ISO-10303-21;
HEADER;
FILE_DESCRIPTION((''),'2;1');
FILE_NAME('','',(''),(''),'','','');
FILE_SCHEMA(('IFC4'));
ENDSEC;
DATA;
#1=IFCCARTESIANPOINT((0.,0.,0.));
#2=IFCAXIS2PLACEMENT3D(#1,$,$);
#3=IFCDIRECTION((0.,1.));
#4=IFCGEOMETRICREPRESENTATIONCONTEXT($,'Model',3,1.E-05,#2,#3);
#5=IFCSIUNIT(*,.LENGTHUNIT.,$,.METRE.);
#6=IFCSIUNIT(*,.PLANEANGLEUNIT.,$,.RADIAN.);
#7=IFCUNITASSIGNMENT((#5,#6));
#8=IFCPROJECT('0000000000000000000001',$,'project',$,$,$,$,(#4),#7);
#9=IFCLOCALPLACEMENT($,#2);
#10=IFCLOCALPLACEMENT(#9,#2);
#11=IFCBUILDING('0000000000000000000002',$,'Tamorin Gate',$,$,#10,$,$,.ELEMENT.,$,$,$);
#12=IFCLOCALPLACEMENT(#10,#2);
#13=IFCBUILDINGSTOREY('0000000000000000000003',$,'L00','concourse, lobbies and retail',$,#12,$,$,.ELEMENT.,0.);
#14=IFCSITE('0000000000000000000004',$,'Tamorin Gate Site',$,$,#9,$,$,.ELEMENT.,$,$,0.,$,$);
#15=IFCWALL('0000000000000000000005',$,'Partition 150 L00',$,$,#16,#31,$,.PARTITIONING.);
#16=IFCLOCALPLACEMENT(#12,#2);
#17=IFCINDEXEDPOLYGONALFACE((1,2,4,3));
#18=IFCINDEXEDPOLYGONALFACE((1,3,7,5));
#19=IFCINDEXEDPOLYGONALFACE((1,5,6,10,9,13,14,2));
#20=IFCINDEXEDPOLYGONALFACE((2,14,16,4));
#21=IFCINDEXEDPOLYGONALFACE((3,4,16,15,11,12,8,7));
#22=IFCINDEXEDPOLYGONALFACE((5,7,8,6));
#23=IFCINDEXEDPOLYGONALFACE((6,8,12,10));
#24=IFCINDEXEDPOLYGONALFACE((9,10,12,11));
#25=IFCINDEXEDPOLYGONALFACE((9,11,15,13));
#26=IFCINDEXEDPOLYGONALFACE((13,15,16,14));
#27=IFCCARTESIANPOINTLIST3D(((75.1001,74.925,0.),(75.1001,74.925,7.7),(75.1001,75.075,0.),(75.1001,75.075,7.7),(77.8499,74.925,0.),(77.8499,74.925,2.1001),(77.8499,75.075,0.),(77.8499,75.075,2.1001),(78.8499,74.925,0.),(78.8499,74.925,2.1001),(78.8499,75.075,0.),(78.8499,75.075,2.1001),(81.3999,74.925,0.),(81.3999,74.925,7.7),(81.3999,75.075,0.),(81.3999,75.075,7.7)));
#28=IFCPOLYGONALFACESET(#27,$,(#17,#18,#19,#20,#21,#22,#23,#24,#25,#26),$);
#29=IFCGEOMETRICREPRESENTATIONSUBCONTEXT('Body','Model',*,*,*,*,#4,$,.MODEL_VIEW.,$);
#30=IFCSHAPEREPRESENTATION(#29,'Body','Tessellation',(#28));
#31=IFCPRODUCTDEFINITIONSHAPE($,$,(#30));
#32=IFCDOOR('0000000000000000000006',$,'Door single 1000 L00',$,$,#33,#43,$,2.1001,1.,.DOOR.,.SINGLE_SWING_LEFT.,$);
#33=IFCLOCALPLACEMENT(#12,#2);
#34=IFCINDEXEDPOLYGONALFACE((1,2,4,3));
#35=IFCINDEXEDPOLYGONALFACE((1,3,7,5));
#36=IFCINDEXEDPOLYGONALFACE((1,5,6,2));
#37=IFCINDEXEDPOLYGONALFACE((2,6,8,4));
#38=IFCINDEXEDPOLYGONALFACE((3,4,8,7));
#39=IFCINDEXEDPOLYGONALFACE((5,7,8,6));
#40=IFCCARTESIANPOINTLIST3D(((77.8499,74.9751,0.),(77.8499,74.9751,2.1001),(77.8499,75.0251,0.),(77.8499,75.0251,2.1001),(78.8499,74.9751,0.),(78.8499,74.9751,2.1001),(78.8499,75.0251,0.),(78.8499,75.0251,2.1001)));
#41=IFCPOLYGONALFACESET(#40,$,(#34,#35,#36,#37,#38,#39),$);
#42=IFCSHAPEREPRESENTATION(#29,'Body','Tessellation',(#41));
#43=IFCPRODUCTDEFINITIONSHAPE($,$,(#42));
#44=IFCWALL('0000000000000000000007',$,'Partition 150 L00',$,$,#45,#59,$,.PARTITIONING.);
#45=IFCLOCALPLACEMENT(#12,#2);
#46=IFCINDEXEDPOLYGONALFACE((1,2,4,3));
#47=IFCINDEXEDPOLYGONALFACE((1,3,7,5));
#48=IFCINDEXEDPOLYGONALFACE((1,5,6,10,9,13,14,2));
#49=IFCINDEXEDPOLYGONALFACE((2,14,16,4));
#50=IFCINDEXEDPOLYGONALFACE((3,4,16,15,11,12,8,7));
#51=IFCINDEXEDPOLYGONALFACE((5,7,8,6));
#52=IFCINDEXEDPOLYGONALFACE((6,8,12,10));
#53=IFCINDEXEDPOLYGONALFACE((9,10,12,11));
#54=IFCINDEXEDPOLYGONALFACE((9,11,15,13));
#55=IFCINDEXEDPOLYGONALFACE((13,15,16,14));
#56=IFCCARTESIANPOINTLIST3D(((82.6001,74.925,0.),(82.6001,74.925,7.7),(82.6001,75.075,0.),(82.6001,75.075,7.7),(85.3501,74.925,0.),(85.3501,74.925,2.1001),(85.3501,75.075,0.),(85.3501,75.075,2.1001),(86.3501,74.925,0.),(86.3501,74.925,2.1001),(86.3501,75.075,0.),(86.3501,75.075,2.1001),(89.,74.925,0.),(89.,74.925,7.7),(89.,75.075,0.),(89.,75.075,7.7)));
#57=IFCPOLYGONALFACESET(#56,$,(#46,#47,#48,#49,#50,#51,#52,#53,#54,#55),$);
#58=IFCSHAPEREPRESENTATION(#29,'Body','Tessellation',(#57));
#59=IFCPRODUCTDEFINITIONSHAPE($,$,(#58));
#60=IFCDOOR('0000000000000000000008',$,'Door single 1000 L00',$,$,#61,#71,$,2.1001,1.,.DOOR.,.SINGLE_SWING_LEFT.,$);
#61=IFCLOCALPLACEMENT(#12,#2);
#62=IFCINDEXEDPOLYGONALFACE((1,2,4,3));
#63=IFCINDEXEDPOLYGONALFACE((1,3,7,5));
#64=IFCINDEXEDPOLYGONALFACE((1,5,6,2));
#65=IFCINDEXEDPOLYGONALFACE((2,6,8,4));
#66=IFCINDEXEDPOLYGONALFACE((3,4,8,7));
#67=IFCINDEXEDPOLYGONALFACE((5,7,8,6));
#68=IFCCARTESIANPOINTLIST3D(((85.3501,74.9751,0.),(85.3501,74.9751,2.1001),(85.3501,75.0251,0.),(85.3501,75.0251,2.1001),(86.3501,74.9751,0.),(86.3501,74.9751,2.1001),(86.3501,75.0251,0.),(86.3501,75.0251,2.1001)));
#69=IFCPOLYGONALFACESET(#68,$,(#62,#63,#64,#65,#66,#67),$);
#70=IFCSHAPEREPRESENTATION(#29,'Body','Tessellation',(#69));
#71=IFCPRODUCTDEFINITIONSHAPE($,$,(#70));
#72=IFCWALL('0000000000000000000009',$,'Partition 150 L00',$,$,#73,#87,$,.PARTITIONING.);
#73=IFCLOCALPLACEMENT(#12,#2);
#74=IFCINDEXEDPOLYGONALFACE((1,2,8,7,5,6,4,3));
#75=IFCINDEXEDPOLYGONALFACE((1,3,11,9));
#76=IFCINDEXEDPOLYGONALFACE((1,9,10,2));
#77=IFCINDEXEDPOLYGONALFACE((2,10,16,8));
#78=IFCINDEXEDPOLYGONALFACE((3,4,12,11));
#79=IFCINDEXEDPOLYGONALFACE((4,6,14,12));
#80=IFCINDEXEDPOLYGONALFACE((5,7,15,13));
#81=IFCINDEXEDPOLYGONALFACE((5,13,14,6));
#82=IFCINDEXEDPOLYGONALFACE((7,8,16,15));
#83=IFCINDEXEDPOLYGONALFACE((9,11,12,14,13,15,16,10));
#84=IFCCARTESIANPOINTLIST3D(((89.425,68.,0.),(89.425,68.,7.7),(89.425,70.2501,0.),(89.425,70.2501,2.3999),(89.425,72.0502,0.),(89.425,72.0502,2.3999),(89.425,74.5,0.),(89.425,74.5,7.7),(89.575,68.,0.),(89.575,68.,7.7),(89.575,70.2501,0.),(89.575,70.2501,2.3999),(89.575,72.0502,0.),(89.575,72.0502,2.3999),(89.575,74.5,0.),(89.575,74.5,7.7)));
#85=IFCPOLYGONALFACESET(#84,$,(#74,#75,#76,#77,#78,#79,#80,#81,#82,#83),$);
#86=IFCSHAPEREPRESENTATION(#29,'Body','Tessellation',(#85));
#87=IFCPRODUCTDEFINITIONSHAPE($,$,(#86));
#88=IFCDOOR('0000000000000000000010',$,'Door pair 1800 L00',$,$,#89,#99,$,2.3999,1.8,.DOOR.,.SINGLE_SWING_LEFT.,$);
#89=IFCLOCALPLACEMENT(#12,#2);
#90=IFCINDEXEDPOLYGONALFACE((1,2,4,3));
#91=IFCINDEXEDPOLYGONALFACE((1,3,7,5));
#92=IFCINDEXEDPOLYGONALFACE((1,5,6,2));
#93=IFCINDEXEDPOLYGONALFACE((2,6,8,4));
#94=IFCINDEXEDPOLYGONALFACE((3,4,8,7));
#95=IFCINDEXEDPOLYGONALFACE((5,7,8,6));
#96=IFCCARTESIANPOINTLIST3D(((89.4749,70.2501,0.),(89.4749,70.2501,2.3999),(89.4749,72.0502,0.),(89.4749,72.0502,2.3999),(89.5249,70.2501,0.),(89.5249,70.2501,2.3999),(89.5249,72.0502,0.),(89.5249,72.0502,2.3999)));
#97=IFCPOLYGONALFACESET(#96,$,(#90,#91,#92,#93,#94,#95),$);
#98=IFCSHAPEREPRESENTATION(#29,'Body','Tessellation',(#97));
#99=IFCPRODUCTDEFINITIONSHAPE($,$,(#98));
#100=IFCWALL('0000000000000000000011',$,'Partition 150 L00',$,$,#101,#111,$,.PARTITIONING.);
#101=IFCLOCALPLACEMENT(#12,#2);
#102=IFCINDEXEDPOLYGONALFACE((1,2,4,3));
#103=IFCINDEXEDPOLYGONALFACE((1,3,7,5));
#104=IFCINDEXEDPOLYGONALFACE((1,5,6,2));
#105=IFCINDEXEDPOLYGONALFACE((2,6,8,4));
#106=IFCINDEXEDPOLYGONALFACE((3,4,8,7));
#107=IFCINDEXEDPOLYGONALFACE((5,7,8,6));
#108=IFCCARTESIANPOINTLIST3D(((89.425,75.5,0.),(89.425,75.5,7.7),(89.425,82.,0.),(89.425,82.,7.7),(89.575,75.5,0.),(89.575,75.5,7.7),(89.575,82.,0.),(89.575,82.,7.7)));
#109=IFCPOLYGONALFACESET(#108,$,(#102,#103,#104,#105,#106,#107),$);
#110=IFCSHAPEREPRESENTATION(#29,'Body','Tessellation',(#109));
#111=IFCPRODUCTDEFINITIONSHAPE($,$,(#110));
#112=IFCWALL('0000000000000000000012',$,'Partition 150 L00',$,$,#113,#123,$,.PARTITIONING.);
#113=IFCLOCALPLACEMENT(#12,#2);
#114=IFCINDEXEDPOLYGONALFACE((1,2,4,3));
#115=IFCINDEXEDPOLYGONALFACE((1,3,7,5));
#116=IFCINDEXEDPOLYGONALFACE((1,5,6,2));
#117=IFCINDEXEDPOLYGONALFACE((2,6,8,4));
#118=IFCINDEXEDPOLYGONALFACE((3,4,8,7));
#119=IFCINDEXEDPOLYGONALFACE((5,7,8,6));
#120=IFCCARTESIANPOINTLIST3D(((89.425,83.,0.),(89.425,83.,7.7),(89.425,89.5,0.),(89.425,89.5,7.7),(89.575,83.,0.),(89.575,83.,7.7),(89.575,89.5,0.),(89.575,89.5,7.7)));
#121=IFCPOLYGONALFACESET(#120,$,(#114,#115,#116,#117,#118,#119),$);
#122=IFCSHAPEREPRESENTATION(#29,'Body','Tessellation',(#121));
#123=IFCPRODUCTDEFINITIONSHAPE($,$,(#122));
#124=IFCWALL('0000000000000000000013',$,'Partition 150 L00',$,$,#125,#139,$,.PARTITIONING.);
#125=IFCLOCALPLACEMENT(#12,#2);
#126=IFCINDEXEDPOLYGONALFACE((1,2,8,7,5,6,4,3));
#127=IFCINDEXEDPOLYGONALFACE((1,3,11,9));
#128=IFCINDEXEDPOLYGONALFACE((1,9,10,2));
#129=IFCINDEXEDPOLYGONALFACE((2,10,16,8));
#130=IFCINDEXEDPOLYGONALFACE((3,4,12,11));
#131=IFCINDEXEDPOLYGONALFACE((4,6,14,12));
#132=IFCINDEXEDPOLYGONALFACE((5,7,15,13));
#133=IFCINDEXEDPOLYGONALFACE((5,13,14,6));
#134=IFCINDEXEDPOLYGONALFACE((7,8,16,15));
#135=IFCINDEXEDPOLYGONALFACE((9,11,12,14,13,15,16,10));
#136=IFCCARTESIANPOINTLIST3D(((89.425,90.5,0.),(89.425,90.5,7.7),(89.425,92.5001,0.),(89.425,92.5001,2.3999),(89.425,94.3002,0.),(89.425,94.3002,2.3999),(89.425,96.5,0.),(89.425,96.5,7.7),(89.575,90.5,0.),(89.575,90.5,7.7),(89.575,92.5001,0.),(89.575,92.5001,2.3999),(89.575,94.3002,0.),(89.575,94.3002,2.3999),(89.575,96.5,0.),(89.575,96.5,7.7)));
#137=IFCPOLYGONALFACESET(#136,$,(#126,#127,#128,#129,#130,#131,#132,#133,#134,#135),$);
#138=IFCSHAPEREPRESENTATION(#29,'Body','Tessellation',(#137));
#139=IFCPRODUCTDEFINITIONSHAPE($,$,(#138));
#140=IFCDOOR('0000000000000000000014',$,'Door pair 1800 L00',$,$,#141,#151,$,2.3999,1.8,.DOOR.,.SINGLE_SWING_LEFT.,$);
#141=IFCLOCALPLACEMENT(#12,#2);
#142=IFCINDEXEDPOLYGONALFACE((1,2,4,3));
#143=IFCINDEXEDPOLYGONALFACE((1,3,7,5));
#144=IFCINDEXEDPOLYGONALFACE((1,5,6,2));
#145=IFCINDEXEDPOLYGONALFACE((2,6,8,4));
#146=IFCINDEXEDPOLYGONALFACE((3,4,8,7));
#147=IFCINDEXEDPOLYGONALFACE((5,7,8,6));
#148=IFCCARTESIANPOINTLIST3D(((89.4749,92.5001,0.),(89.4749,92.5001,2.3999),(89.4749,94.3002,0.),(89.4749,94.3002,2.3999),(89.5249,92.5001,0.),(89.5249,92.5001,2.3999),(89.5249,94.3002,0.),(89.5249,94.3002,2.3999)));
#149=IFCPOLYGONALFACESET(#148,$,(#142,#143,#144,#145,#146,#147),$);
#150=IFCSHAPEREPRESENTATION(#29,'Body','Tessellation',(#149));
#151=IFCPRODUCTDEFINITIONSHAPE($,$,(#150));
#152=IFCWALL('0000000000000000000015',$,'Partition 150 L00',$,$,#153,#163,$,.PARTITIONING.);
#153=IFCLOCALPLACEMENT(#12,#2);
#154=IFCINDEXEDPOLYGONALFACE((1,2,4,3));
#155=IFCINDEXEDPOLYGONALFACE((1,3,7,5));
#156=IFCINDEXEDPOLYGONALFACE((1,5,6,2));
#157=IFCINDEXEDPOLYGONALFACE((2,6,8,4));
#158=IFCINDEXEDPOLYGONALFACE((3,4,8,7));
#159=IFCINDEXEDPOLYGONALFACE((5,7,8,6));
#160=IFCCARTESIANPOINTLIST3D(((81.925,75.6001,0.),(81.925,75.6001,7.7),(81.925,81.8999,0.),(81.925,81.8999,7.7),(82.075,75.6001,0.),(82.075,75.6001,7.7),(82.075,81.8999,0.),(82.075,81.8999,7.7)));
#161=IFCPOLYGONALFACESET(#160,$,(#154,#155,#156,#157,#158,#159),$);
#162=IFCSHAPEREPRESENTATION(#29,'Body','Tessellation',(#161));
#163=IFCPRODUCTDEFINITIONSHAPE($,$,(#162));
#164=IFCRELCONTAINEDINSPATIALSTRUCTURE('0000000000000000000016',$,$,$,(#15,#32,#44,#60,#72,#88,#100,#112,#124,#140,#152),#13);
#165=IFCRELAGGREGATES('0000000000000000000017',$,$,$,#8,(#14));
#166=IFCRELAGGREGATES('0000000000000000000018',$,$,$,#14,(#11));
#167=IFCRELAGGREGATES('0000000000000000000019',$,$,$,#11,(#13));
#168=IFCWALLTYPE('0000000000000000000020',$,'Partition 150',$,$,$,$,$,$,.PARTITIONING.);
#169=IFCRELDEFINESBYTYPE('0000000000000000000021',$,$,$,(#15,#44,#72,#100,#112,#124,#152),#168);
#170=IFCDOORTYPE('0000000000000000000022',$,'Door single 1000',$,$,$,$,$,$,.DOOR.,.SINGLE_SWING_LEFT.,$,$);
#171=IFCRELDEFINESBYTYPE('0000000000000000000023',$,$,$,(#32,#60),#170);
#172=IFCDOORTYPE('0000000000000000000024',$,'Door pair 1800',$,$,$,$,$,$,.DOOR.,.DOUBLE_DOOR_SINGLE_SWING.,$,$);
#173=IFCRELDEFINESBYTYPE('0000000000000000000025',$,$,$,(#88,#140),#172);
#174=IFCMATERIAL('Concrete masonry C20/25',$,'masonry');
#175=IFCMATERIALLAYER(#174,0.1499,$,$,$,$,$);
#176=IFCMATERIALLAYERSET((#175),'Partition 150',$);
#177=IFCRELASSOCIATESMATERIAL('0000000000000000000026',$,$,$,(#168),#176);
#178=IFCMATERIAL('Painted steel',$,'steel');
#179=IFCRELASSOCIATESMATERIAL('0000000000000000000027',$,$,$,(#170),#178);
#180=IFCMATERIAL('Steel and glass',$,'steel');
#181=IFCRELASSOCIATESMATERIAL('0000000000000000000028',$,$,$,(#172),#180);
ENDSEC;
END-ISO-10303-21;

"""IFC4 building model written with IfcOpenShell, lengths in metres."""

from ifc_helpers import new_model, si_unit, direction, frame, frame_2d, origin, place, context, subcontext, project, spatial, rectangle, extrude, material, layer, layer_set, type_object, element, fill, save


model = new_model("IFC4")

# Units and contexts
model_context = context("Model", 3, precision=1e-05, world=origin(), true_north=direction((0.0, 1.0)))
body_context = subcontext(model_context, "Body", "Model", "MODEL_VIEW")
ifc_project = project(units=[si_unit("LENGTHUNIT", "METRE"), si_unit("PLANEANGLEUNIT", "RADIAN")], contexts=[model_context])

# Site, building, storey
site_placement = place(None, origin())
site = spatial("IfcSite", under=ifc_project, at=site_placement, Name="Tamorin Gate Site", CompositionType="ELEMENT", RefElevation=0.0)
building_placement = place(site_placement, origin())
building = spatial("IfcBuilding", under=site, at=building_placement, Name="Tamorin Gate", CompositionType="ELEMENT")
storey_placement = place(building_placement, origin())
storey = spatial("IfcBuildingStorey", under=building, at=storey_placement, Name="L00", Description="concourse, lobbies and retail", CompositionType="ELEMENT", Elevation=0.0)

# Shared definitions
ifc_material_1 = material(Name="Concrete masonry C20/25", Category="masonry")
ifc_layer = layer(ifc_material_1, 0.1499)
ifc_layer_set = layer_set([ifc_layer], Name="Partition 150")
wall_type = type_object("IfcWallType", Name="Partition 150", PredefinedType="PARTITIONING", material=ifc_layer_set)
ifc_material_2 = material(Name="Painted steel", Category="steel")
door_type_1 = type_object("IfcDoorType", Name="Door single 1000", OperationType="SINGLE_SWING_LEFT", PredefinedType="DOOR", material=ifc_material_2)

# Walls, openings, doors
wall_1_placement = place(storey_placement, frame((81.3999, 75.0, 0.0), z_axis=(0.0, 0.0, 1.0), x_axis=(-1.0, 0.0, 0.0)))
wall_1 = element("IfcWall", 1, at=wall_1_placement, inside=storey, type_object=wall_type, Name="Partition 150 L00", PredefinedType="PARTITIONING", context=body_context, shape_type="SweptSolid", body=[
    extrude(rectangle(XDim=6.2998, YDim=0.1499, at=frame_2d((3.1499, 0.0))), origin(), (0.0, 0.0, 1.0), 7.7),
])
opening_1_placement = place(wall_1_placement, frame((2.55, 0.0, 0.0)))
opening_1 = element("IfcOpeningElement", 2, at=opening_1_placement, cuts=wall_1, PredefinedType="OPENING", context=body_context, shape_type="SweptSolid", body=[
    extrude(rectangle(XDim=1.0, YDim=2.1001, at=frame_2d((0.5, 1.05))), frame((0.0, 0.085, 0.0), z_axis=(0.0, -1.0, 0.0), x_axis=(1.0, 0.0, 0.0)), (0.0, 0.0, 1.0), 0.1699),
])
door_1_placement = place(opening_1_placement, origin())
door_1 = element("IfcDoor", 3, at=door_1_placement, inside=storey, type_object=door_type_1, Name="Door single 1000 L00", OperationType="SINGLE_SWING_LEFT", OverallHeight=2.1001, OverallWidth=1.0, PredefinedType="DOOR", context=body_context, shape_type="SweptSolid", body=[
    extrude(rectangle(XDim=1.0, YDim=2.1001, at=frame_2d((0.5, 1.05))), frame((0.0, 0.0249, 0.0), z_axis=(0.0, -1.0, 0.0), x_axis=(1.0, 0.0, 0.0)), (0.0, 0.0, 1.0), 0.05),
])
fill(opening_1, door_1)
wall_2_placement = place(storey_placement, frame((89.0, 75.0, 0.0), z_axis=(0.0, 0.0, 1.0), x_axis=(-1.0, 0.0, 0.0)))
wall_2 = element("IfcWall", 4, at=wall_2_placement, inside=storey, type_object=wall_type, Name="Partition 150 L00", PredefinedType="PARTITIONING", context=body_context, shape_type="SweptSolid", body=[
    extrude(rectangle(XDim=6.3999, YDim=0.1499, at=frame_2d((3.2, 0.0))), origin(), (0.0, 0.0, 1.0), 7.7),
])
opening_2_placement = place(wall_2_placement, frame((2.6499, 0.0, 0.0)))
opening_2 = element("IfcOpeningElement", 5, at=opening_2_placement, cuts=wall_2, PredefinedType="OPENING", context=body_context, shape_type="SweptSolid", body=[
    extrude(rectangle(XDim=1.0, YDim=2.1001, at=frame_2d((0.5, 1.05))), frame((0.0, 0.085, 0.0), z_axis=(0.0, -1.0, 0.0), x_axis=(1.0, 0.0, 0.0)), (0.0, 0.0, 1.0), 0.1699),
])
door_2_placement = place(opening_2_placement, origin())
door_2 = element("IfcDoor", 6, at=door_2_placement, inside=storey, type_object=door_type_1, Name="Door single 1000 L00", OperationType="SINGLE_SWING_LEFT", OverallHeight=2.1001, OverallWidth=1.0, PredefinedType="DOOR", context=body_context, shape_type="SweptSolid", body=[
    extrude(rectangle(XDim=1.0, YDim=2.1001, at=frame_2d((0.5, 1.05))), frame((0.0, 0.0249, 0.0), z_axis=(0.0, -1.0, 0.0), x_axis=(1.0, 0.0, 0.0)), (0.0, 0.0, 1.0), 0.05),
])
fill(opening_2, door_2)
wall_3_placement = place(storey_placement, frame((89.5, 74.5, 0.0), z_axis=(0.0, 0.0, 1.0), x_axis=(0.0, -1.0, 0.0)))
wall_3 = element("IfcWall", 7, at=wall_3_placement, inside=storey, type_object=wall_type, Name="Partition 150 L00", PredefinedType="PARTITIONING", context=body_context, shape_type="SweptSolid", body=[
    extrude(rectangle(XDim=6.5, YDim=0.1499, at=frame_2d((3.25, 0.0))), origin(), (0.0, 0.0, 1.0), 7.7),
])
opening_3_placement = place(wall_3_placement, frame((2.45, 0.0, 0.0)))
opening_3 = element("IfcOpeningElement", 8, at=opening_3_placement, cuts=wall_3, PredefinedType="OPENING", context=body_context, shape_type="SweptSolid", body=[
    extrude(rectangle(XDim=1.8, YDim=2.3999, at=frame_2d((0.8999, 1.2))), frame((0.0, 0.085, 0.0), z_axis=(0.0, -1.0, 0.0), x_axis=(1.0, 0.0, 0.0)), (0.0, 0.0, 1.0), 0.1699),
])
ifc_material_3 = material(Name="Steel and glass", Category="steel")
door_type_2 = type_object("IfcDoorType", Name="Door pair 1800", OperationType="DOUBLE_DOOR_SINGLE_SWING", PredefinedType="DOOR", material=ifc_material_3)
door_3_placement = place(opening_3_placement, origin())
door_3 = element("IfcDoor", 9, at=door_3_placement, inside=storey, type_object=door_type_2, Name="Door pair 1800 L00", OperationType="SINGLE_SWING_LEFT", OverallHeight=2.3999, OverallWidth=1.8, PredefinedType="DOOR", context=body_context, shape_type="SweptSolid", body=[
    extrude(rectangle(XDim=1.8, YDim=2.3999, at=frame_2d((0.8999, 1.2))), frame((0.0, 0.0249, 0.0), z_axis=(0.0, -1.0, 0.0), x_axis=(1.0, 0.0, 0.0)), (0.0, 0.0, 1.0), 0.05),
])
fill(opening_3, door_3)

# Walls
for number, where, z_axis, x_axis, name in (
    (10, (89.5, 75.5, 0.0), (0.0, 0.0, 1.0), (0.0, 1.0, 0.0), "Partition 150 L00"),
    (11, (89.5, 83.0, 0.0), (0.0, 0.0, 1.0), (0.0, 1.0, 0.0), "Partition 150 L00"),
):
    element("IfcWall", number, at=place(storey_placement, frame(where, z_axis=z_axis, x_axis=x_axis)), inside=storey, type_object=wall_type, Name=name, PredefinedType="PARTITIONING", context=body_context, shape_type="SweptSolid", body=[
        extrude(rectangle(XDim=6.5, YDim=0.1499, at=frame_2d((3.25, 0.0))), origin(), (0.0, 0.0, 1.0), 7.7),
    ])

# Wall, opening, door
wall_4_placement = place(storey_placement, frame((89.5, 96.5, 0.0), z_axis=(0.0, 0.0, 1.0), x_axis=(0.0, -1.0, 0.0)))
wall_4 = element("IfcWall", 12, at=wall_4_placement, inside=storey, type_object=wall_type, Name="Partition 150 L00", PredefinedType="PARTITIONING", context=body_context, shape_type="SweptSolid", body=[
    extrude(rectangle(XDim=6.0, YDim=0.1499, at=frame_2d((3.0, 0.0))), origin(), (0.0, 0.0, 1.0), 7.7),
])
opening_4_placement = place(wall_4_placement, frame((2.2, 0.0, 0.0)))
opening_4 = element("IfcOpeningElement", 13, at=opening_4_placement, cuts=wall_4, PredefinedType="OPENING", context=body_context, shape_type="SweptSolid", body=[
    extrude(rectangle(XDim=1.8, YDim=2.3999, at=frame_2d((0.8999, 1.2))), frame((0.0, 0.085, 0.0), z_axis=(0.0, -1.0, 0.0), x_axis=(1.0, 0.0, 0.0)), (0.0, 0.0, 1.0), 0.1699),
])
door_4_placement = place(opening_4_placement, origin())
door_4 = element("IfcDoor", 14, at=door_4_placement, inside=storey, type_object=door_type_2, Name="Door pair 1800 L00", OperationType="SINGLE_SWING_LEFT", OverallHeight=2.3999, OverallWidth=1.8, PredefinedType="DOOR", context=body_context, shape_type="SweptSolid", body=[
    extrude(rectangle(XDim=1.8, YDim=2.3999, at=frame_2d((0.8999, 1.2))), frame((0.0, 0.0249, 0.0), z_axis=(0.0, -1.0, 0.0), x_axis=(1.0, 0.0, 0.0)), (0.0, 0.0, 1.0), 0.05),
])
fill(opening_4, door_4)

# Wall
wall_5_placement = place(storey_placement, frame((82.0, 75.6001, 0.0), z_axis=(0.0, 0.0, 1.0), x_axis=(0.0, 1.0, 0.0)))
element("IfcWall", 15, at=wall_5_placement, inside=storey, type_object=wall_type, Name="Partition 150 L00", PredefinedType="PARTITIONING", context=body_context, shape_type="SweptSolid", body=[
    extrude(rectangle(XDim=6.2998, YDim=0.1499, at=frame_2d((3.1499, 0.0))), origin(), (0.0, 0.0, 1.0), 7.7),
])

save(model, "model.ifc")
